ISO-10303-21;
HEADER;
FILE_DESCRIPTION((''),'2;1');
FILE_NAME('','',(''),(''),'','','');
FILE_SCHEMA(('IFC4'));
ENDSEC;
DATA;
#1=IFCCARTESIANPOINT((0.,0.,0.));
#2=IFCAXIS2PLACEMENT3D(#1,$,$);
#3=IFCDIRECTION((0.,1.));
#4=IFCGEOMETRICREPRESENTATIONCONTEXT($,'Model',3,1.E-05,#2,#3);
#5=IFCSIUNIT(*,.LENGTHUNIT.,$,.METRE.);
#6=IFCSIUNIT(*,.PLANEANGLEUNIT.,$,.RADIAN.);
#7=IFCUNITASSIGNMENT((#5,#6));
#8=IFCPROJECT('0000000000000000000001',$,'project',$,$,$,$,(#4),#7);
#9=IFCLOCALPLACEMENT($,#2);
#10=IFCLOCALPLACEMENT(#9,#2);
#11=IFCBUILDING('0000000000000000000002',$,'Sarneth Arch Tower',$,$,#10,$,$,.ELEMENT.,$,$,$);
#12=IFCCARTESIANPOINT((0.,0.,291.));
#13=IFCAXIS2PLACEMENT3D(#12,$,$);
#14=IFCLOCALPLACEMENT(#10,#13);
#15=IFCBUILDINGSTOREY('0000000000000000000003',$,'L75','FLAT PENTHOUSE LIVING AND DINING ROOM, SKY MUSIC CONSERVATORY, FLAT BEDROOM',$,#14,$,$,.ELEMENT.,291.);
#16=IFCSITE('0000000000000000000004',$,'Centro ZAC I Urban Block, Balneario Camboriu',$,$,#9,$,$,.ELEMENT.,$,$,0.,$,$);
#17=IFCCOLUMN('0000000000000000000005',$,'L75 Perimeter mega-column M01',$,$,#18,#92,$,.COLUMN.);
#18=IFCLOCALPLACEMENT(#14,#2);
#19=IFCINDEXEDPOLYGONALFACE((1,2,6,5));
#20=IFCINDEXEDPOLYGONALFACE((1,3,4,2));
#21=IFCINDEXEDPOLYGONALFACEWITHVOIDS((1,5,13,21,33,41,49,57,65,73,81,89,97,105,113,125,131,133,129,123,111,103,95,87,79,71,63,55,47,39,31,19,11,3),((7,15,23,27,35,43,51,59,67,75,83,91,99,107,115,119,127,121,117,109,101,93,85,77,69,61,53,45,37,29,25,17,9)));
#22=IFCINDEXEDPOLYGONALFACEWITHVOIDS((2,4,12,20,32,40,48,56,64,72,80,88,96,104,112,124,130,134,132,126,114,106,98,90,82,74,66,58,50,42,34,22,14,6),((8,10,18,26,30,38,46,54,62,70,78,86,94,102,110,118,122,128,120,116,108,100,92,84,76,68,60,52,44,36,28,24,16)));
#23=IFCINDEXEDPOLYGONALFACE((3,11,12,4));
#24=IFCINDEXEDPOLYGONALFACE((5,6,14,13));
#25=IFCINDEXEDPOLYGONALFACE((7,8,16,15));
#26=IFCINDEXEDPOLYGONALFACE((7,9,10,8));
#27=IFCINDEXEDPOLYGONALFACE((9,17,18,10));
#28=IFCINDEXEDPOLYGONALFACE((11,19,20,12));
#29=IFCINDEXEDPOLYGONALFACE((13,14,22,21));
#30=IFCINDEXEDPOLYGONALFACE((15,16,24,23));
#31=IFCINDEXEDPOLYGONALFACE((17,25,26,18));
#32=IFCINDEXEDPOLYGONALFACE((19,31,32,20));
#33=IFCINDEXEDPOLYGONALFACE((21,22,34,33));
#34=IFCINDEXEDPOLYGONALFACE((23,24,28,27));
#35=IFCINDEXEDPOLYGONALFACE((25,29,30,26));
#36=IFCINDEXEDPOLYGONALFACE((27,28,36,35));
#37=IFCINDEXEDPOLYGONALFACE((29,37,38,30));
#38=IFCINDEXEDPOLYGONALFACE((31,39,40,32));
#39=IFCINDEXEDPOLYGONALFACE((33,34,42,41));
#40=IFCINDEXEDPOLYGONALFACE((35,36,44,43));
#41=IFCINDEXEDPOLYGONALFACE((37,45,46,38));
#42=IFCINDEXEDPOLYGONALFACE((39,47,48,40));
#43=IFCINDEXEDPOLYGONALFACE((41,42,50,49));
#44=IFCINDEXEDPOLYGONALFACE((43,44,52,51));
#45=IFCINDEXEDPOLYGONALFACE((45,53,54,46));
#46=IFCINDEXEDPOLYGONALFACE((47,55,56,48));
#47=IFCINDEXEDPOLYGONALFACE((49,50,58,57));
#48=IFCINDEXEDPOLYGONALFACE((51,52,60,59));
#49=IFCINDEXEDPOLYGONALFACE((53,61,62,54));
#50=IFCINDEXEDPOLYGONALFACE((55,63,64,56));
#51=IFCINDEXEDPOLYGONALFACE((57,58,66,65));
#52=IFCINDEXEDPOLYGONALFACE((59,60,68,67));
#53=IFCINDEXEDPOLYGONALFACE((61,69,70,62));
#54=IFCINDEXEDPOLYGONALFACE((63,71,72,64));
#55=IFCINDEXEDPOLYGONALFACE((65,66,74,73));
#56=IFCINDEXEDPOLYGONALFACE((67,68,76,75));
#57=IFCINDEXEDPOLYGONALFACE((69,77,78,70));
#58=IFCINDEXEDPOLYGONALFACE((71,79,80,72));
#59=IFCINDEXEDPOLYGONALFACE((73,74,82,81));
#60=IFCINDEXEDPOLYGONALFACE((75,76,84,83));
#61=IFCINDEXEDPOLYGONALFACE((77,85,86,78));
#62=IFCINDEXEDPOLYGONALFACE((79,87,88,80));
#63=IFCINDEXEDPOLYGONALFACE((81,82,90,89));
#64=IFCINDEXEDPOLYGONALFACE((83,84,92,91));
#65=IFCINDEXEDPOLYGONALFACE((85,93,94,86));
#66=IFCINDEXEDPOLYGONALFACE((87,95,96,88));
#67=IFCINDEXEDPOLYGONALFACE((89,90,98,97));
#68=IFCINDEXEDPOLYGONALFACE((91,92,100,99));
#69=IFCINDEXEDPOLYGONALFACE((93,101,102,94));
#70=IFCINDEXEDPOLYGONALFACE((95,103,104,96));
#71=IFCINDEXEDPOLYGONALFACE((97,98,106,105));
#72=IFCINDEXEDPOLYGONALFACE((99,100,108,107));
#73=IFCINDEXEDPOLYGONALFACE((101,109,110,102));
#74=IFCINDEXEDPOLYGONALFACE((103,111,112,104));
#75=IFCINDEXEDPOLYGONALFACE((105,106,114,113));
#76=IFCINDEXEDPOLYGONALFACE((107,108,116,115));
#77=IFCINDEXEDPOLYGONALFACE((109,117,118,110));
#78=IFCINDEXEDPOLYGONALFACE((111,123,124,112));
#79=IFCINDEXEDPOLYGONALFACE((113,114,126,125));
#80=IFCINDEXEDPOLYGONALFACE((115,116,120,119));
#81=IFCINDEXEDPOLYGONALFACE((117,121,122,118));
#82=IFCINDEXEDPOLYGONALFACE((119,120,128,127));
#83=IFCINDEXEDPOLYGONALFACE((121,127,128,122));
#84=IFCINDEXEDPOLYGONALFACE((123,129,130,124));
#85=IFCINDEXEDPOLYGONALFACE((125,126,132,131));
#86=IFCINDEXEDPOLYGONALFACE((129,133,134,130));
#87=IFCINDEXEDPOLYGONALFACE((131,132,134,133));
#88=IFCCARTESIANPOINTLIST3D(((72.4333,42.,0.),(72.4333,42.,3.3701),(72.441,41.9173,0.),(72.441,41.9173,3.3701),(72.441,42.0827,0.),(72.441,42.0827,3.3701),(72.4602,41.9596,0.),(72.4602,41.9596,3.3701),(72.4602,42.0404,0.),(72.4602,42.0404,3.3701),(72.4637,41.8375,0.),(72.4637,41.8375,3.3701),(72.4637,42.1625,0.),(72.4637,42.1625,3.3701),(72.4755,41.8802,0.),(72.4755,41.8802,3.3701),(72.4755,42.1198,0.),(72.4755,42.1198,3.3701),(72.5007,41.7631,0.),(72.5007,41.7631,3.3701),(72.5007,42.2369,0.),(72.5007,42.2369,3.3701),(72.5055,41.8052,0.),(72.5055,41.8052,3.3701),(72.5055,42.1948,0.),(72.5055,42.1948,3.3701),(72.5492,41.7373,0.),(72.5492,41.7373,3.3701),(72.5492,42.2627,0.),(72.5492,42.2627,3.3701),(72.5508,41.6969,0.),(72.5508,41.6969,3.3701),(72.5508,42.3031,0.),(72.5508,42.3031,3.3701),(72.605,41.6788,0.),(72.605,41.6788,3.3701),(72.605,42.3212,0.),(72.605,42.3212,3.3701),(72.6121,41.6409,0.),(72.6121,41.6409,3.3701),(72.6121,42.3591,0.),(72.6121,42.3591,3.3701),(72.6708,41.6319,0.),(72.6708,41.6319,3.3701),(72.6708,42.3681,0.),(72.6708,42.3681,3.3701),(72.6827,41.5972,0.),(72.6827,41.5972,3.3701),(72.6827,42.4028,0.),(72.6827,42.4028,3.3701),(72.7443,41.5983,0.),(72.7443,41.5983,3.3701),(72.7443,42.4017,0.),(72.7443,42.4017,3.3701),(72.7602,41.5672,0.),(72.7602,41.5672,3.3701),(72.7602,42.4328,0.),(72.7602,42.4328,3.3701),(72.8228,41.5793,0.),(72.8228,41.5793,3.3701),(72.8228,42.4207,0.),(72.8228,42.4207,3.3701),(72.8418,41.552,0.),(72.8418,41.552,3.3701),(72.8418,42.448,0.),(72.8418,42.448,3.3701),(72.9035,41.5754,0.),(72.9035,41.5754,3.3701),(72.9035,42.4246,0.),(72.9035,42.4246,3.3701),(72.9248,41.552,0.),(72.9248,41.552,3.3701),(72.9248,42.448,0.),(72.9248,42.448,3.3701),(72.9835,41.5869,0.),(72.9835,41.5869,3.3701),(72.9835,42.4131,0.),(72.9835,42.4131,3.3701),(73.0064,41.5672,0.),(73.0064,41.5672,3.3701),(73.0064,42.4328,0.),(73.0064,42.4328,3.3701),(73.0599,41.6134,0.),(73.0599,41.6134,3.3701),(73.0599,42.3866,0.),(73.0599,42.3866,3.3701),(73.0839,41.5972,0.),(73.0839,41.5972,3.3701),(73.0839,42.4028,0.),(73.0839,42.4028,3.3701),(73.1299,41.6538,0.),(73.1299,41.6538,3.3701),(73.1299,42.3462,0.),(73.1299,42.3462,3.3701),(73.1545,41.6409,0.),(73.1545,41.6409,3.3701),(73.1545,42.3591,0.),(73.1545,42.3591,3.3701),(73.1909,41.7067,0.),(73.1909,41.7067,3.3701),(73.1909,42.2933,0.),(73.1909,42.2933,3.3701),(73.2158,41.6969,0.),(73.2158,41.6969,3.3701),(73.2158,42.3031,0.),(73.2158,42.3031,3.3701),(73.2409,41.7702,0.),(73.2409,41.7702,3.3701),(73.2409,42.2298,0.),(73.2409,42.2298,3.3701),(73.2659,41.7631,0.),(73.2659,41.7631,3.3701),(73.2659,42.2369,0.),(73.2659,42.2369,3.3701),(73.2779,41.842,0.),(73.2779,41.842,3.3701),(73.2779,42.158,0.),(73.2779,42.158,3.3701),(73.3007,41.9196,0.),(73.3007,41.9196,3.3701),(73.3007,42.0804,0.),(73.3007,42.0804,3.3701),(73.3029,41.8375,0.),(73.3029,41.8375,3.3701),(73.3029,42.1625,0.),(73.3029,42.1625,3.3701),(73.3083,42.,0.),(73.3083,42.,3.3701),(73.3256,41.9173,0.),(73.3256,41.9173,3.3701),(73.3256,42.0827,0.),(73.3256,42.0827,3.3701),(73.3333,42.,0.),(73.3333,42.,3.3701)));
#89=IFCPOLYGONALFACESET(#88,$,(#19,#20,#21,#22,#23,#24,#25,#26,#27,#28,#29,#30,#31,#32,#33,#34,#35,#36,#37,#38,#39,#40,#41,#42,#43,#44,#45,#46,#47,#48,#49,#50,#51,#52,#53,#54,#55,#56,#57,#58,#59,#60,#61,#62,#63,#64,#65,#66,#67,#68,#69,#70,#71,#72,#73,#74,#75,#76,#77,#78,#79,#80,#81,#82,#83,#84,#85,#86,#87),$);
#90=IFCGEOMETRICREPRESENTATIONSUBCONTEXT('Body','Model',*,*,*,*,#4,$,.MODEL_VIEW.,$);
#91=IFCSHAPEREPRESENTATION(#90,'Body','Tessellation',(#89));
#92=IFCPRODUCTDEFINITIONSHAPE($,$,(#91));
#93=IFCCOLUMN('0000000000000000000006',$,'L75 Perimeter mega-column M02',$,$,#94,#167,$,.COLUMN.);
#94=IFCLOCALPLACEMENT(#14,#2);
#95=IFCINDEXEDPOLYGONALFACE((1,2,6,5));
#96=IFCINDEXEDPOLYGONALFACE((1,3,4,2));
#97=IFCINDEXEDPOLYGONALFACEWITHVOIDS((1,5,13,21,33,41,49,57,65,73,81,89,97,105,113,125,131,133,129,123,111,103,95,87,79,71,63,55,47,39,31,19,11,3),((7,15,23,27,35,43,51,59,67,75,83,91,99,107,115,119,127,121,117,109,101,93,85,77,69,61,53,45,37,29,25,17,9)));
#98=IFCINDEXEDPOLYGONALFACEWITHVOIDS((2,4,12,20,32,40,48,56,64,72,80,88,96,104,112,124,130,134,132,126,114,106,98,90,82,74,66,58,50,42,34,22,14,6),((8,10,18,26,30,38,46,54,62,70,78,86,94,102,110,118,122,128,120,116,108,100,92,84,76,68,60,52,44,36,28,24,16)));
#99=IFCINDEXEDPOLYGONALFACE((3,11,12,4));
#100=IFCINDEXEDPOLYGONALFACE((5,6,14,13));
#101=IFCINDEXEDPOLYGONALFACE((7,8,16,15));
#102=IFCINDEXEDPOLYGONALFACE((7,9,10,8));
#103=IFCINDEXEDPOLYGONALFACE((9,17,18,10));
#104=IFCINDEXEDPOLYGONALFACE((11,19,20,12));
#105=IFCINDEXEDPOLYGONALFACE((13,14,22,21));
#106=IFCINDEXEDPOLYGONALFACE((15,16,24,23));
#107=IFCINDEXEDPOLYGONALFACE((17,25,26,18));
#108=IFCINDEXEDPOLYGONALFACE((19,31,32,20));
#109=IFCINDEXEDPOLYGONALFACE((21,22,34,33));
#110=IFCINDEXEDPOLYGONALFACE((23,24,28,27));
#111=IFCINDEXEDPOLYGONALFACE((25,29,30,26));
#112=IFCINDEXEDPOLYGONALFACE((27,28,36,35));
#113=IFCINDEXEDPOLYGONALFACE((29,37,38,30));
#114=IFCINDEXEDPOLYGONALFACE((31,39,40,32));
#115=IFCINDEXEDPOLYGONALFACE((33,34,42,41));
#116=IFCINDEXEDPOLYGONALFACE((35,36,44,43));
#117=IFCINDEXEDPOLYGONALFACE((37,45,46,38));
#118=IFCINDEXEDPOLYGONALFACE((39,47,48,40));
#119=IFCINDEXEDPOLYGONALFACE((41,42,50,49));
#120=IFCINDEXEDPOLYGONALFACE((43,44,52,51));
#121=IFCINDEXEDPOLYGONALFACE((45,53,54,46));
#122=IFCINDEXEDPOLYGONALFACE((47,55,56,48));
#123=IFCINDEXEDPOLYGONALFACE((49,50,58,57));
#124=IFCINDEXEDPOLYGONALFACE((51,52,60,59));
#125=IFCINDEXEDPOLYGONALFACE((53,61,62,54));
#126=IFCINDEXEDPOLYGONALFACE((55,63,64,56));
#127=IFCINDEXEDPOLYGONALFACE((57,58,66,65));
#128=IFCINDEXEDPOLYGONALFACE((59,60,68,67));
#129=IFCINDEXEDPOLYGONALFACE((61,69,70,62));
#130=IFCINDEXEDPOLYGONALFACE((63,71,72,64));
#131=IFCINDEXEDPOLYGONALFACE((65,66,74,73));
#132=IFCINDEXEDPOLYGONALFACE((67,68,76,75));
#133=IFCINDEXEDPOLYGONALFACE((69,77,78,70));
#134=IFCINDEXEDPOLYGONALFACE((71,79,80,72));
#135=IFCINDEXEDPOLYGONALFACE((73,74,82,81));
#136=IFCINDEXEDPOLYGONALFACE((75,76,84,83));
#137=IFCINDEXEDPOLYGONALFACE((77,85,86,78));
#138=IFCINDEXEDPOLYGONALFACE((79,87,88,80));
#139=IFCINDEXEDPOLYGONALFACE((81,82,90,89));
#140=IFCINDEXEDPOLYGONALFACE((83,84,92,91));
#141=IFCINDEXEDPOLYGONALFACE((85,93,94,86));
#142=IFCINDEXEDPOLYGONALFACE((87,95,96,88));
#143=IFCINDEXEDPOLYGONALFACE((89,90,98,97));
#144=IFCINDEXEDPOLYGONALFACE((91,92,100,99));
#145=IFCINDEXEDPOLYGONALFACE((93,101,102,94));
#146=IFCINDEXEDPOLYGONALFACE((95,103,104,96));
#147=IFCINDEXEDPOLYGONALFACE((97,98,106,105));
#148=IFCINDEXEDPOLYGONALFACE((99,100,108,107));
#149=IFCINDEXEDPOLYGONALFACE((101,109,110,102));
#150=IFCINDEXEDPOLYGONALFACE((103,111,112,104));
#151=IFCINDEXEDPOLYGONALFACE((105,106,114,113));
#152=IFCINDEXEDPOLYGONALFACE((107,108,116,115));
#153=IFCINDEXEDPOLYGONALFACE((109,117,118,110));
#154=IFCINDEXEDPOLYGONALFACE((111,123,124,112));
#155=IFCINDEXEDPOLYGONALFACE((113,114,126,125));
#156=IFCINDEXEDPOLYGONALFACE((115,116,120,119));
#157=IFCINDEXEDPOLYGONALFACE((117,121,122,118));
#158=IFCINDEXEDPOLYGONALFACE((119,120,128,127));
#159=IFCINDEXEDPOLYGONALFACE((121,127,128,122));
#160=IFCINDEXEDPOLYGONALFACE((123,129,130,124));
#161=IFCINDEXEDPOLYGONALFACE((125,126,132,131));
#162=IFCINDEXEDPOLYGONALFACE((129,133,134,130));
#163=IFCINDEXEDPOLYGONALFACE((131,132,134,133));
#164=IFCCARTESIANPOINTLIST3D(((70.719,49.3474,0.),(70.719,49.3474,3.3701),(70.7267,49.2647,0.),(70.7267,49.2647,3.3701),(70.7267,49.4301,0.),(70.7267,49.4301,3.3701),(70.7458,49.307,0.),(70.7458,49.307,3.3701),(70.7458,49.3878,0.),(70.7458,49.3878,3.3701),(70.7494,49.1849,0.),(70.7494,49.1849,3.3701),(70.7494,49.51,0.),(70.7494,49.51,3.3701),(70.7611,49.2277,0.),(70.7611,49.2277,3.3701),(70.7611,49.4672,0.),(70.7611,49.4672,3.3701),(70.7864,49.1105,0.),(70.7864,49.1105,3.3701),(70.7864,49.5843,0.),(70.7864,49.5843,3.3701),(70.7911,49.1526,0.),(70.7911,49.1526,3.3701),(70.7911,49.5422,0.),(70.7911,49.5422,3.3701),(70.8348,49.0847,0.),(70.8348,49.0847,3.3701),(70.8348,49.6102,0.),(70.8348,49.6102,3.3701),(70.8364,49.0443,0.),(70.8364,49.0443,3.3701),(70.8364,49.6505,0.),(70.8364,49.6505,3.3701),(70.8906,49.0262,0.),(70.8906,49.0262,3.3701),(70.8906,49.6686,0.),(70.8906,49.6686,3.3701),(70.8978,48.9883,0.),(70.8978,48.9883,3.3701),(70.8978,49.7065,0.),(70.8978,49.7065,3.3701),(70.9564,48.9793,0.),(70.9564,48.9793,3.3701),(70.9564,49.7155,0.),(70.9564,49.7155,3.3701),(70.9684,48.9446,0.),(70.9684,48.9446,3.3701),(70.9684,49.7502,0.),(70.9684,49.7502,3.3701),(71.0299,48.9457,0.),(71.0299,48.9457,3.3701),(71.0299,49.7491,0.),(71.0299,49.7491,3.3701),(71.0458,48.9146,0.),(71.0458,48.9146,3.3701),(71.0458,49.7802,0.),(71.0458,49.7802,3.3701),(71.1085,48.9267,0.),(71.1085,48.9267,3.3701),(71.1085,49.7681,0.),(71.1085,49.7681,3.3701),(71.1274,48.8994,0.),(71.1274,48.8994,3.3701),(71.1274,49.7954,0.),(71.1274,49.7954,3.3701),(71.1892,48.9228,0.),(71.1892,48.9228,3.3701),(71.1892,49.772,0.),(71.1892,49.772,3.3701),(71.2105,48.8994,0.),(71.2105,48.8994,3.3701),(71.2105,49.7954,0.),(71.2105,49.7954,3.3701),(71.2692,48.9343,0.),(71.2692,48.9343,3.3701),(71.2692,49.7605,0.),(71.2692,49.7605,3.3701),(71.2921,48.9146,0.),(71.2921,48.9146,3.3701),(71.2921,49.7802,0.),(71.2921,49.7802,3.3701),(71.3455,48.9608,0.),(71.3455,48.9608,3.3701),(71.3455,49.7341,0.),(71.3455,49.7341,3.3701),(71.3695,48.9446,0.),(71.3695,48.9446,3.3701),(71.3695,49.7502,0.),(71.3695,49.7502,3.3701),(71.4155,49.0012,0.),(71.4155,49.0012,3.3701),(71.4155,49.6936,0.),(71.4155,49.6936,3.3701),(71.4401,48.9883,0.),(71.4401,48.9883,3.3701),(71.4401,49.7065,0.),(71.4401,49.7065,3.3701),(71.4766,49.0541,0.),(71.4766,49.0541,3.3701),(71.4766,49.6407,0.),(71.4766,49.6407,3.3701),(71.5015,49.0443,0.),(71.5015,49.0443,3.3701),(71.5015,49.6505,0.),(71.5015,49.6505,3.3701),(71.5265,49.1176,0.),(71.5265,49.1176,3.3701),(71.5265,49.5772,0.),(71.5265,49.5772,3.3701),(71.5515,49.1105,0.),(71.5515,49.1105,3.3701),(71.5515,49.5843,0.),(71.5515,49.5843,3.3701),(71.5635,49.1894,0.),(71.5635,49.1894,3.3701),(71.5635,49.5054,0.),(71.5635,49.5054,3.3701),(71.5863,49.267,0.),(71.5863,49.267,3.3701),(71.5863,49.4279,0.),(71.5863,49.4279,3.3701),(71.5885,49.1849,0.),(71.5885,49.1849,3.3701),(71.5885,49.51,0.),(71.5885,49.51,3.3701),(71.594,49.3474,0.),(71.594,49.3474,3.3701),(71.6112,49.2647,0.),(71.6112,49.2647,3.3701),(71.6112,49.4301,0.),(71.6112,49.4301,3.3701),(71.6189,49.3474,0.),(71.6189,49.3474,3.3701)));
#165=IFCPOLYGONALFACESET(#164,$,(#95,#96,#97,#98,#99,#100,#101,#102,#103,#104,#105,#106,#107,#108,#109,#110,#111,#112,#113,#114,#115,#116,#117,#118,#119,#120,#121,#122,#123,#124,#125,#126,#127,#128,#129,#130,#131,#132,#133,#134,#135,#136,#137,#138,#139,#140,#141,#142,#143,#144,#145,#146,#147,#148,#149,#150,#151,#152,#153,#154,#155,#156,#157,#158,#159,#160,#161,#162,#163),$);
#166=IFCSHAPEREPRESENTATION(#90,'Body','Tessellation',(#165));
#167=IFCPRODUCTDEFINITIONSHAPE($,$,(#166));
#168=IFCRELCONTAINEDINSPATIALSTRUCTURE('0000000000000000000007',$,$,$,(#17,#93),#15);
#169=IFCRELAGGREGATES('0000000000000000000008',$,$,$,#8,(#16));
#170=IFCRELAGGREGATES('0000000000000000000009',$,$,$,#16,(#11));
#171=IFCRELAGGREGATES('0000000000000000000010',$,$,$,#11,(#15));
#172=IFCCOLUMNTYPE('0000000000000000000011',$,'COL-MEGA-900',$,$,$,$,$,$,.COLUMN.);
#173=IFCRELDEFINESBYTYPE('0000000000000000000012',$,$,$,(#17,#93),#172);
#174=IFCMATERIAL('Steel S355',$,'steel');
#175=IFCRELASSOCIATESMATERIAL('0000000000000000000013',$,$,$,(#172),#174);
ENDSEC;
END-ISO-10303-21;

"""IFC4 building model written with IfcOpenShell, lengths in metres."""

from ifc_helpers import new_model, si_unit, direction, frame, origin, origin_2d, place, context, subcontext, project, spatial, hollow_circle, extrude, material, material_profile, profile_set, type_object, element, save


model = new_model("IFC4")

# Units and contexts
model_context = context("Model", 3, precision=1e-05, world=origin(), true_north=direction((0.0, 1.0)))
body_context = subcontext(model_context, "Body", "Model", "MODEL_VIEW")
ifc_project = project(units=[si_unit("LENGTHUNIT", "METRE"), si_unit("PLANEANGLEUNIT", "RADIAN")], contexts=[model_context])

# Site, building, storey
site_placement = place(None, origin())
site = spatial("IfcSite", under=ifc_project, at=site_placement, Name="Centro ZAC I Urban Block, Balneario Camboriu", CompositionType="ELEMENT", RefElevation=0.0)
building_placement = place(site_placement, origin())
building = spatial("IfcBuilding", under=site, at=building_placement, Name="Sarneth Arch Tower", CompositionType="ELEMENT")
storey_placement = place(building_placement, frame((0.0, 0.0, 291.0)))
storey = spatial("IfcBuildingStorey", under=building, at=storey_placement, Name="L75", Description="FLAT PENTHOUSE LIVING AND DINING ROOM, SKY MUSIC CONSERVATORY, FLAT BEDROOM", CompositionType="ELEMENT", Elevation=291.0)

# Columns
ifc_material_1 = material(Name="Steel S355", Category="steel")
ifc_material_profile_1 = material_profile(ifc_material_1, hollow_circle(Radius=0.45, WallThickness=0.0249, at=origin_2d()), Name="CHS900x25")
ifc_profile_set_1 = profile_set([ifc_material_profile_1], Name="Steel S355")
column_type = type_object("IfcColumnType", Name="COL-MEGA-900", PredefinedType="COLUMN", material=ifc_profile_set_1)
for number, where, z_axis, x_axis, name in (
    (1, (72.8833, 42.0, 0.0), (0.0, 0.0, 1.0), (1.0, 0.0, 0.0), "L75 Perimeter mega-column M01"),
    (2, (71.1689, 49.3474, 0.0), (0.0, 0.0, 1.0), (1.0, 0.0, 0.0), "L75 Perimeter mega-column M02"),
):
    element("IfcColumn", number, at=place(storey_placement, frame(where, z_axis=z_axis, x_axis=x_axis)), inside=storey, type_object=column_type, Name=name, PredefinedType="COLUMN", context=body_context, shape_type="SweptSolid", body=[
        extrude(hollow_circle(Radius=0.45, WallThickness=0.0249, at=origin_2d()), origin(), (0.0, 0.0, 1.0), 3.3701),
    ])

save(model, "model.ifc")
